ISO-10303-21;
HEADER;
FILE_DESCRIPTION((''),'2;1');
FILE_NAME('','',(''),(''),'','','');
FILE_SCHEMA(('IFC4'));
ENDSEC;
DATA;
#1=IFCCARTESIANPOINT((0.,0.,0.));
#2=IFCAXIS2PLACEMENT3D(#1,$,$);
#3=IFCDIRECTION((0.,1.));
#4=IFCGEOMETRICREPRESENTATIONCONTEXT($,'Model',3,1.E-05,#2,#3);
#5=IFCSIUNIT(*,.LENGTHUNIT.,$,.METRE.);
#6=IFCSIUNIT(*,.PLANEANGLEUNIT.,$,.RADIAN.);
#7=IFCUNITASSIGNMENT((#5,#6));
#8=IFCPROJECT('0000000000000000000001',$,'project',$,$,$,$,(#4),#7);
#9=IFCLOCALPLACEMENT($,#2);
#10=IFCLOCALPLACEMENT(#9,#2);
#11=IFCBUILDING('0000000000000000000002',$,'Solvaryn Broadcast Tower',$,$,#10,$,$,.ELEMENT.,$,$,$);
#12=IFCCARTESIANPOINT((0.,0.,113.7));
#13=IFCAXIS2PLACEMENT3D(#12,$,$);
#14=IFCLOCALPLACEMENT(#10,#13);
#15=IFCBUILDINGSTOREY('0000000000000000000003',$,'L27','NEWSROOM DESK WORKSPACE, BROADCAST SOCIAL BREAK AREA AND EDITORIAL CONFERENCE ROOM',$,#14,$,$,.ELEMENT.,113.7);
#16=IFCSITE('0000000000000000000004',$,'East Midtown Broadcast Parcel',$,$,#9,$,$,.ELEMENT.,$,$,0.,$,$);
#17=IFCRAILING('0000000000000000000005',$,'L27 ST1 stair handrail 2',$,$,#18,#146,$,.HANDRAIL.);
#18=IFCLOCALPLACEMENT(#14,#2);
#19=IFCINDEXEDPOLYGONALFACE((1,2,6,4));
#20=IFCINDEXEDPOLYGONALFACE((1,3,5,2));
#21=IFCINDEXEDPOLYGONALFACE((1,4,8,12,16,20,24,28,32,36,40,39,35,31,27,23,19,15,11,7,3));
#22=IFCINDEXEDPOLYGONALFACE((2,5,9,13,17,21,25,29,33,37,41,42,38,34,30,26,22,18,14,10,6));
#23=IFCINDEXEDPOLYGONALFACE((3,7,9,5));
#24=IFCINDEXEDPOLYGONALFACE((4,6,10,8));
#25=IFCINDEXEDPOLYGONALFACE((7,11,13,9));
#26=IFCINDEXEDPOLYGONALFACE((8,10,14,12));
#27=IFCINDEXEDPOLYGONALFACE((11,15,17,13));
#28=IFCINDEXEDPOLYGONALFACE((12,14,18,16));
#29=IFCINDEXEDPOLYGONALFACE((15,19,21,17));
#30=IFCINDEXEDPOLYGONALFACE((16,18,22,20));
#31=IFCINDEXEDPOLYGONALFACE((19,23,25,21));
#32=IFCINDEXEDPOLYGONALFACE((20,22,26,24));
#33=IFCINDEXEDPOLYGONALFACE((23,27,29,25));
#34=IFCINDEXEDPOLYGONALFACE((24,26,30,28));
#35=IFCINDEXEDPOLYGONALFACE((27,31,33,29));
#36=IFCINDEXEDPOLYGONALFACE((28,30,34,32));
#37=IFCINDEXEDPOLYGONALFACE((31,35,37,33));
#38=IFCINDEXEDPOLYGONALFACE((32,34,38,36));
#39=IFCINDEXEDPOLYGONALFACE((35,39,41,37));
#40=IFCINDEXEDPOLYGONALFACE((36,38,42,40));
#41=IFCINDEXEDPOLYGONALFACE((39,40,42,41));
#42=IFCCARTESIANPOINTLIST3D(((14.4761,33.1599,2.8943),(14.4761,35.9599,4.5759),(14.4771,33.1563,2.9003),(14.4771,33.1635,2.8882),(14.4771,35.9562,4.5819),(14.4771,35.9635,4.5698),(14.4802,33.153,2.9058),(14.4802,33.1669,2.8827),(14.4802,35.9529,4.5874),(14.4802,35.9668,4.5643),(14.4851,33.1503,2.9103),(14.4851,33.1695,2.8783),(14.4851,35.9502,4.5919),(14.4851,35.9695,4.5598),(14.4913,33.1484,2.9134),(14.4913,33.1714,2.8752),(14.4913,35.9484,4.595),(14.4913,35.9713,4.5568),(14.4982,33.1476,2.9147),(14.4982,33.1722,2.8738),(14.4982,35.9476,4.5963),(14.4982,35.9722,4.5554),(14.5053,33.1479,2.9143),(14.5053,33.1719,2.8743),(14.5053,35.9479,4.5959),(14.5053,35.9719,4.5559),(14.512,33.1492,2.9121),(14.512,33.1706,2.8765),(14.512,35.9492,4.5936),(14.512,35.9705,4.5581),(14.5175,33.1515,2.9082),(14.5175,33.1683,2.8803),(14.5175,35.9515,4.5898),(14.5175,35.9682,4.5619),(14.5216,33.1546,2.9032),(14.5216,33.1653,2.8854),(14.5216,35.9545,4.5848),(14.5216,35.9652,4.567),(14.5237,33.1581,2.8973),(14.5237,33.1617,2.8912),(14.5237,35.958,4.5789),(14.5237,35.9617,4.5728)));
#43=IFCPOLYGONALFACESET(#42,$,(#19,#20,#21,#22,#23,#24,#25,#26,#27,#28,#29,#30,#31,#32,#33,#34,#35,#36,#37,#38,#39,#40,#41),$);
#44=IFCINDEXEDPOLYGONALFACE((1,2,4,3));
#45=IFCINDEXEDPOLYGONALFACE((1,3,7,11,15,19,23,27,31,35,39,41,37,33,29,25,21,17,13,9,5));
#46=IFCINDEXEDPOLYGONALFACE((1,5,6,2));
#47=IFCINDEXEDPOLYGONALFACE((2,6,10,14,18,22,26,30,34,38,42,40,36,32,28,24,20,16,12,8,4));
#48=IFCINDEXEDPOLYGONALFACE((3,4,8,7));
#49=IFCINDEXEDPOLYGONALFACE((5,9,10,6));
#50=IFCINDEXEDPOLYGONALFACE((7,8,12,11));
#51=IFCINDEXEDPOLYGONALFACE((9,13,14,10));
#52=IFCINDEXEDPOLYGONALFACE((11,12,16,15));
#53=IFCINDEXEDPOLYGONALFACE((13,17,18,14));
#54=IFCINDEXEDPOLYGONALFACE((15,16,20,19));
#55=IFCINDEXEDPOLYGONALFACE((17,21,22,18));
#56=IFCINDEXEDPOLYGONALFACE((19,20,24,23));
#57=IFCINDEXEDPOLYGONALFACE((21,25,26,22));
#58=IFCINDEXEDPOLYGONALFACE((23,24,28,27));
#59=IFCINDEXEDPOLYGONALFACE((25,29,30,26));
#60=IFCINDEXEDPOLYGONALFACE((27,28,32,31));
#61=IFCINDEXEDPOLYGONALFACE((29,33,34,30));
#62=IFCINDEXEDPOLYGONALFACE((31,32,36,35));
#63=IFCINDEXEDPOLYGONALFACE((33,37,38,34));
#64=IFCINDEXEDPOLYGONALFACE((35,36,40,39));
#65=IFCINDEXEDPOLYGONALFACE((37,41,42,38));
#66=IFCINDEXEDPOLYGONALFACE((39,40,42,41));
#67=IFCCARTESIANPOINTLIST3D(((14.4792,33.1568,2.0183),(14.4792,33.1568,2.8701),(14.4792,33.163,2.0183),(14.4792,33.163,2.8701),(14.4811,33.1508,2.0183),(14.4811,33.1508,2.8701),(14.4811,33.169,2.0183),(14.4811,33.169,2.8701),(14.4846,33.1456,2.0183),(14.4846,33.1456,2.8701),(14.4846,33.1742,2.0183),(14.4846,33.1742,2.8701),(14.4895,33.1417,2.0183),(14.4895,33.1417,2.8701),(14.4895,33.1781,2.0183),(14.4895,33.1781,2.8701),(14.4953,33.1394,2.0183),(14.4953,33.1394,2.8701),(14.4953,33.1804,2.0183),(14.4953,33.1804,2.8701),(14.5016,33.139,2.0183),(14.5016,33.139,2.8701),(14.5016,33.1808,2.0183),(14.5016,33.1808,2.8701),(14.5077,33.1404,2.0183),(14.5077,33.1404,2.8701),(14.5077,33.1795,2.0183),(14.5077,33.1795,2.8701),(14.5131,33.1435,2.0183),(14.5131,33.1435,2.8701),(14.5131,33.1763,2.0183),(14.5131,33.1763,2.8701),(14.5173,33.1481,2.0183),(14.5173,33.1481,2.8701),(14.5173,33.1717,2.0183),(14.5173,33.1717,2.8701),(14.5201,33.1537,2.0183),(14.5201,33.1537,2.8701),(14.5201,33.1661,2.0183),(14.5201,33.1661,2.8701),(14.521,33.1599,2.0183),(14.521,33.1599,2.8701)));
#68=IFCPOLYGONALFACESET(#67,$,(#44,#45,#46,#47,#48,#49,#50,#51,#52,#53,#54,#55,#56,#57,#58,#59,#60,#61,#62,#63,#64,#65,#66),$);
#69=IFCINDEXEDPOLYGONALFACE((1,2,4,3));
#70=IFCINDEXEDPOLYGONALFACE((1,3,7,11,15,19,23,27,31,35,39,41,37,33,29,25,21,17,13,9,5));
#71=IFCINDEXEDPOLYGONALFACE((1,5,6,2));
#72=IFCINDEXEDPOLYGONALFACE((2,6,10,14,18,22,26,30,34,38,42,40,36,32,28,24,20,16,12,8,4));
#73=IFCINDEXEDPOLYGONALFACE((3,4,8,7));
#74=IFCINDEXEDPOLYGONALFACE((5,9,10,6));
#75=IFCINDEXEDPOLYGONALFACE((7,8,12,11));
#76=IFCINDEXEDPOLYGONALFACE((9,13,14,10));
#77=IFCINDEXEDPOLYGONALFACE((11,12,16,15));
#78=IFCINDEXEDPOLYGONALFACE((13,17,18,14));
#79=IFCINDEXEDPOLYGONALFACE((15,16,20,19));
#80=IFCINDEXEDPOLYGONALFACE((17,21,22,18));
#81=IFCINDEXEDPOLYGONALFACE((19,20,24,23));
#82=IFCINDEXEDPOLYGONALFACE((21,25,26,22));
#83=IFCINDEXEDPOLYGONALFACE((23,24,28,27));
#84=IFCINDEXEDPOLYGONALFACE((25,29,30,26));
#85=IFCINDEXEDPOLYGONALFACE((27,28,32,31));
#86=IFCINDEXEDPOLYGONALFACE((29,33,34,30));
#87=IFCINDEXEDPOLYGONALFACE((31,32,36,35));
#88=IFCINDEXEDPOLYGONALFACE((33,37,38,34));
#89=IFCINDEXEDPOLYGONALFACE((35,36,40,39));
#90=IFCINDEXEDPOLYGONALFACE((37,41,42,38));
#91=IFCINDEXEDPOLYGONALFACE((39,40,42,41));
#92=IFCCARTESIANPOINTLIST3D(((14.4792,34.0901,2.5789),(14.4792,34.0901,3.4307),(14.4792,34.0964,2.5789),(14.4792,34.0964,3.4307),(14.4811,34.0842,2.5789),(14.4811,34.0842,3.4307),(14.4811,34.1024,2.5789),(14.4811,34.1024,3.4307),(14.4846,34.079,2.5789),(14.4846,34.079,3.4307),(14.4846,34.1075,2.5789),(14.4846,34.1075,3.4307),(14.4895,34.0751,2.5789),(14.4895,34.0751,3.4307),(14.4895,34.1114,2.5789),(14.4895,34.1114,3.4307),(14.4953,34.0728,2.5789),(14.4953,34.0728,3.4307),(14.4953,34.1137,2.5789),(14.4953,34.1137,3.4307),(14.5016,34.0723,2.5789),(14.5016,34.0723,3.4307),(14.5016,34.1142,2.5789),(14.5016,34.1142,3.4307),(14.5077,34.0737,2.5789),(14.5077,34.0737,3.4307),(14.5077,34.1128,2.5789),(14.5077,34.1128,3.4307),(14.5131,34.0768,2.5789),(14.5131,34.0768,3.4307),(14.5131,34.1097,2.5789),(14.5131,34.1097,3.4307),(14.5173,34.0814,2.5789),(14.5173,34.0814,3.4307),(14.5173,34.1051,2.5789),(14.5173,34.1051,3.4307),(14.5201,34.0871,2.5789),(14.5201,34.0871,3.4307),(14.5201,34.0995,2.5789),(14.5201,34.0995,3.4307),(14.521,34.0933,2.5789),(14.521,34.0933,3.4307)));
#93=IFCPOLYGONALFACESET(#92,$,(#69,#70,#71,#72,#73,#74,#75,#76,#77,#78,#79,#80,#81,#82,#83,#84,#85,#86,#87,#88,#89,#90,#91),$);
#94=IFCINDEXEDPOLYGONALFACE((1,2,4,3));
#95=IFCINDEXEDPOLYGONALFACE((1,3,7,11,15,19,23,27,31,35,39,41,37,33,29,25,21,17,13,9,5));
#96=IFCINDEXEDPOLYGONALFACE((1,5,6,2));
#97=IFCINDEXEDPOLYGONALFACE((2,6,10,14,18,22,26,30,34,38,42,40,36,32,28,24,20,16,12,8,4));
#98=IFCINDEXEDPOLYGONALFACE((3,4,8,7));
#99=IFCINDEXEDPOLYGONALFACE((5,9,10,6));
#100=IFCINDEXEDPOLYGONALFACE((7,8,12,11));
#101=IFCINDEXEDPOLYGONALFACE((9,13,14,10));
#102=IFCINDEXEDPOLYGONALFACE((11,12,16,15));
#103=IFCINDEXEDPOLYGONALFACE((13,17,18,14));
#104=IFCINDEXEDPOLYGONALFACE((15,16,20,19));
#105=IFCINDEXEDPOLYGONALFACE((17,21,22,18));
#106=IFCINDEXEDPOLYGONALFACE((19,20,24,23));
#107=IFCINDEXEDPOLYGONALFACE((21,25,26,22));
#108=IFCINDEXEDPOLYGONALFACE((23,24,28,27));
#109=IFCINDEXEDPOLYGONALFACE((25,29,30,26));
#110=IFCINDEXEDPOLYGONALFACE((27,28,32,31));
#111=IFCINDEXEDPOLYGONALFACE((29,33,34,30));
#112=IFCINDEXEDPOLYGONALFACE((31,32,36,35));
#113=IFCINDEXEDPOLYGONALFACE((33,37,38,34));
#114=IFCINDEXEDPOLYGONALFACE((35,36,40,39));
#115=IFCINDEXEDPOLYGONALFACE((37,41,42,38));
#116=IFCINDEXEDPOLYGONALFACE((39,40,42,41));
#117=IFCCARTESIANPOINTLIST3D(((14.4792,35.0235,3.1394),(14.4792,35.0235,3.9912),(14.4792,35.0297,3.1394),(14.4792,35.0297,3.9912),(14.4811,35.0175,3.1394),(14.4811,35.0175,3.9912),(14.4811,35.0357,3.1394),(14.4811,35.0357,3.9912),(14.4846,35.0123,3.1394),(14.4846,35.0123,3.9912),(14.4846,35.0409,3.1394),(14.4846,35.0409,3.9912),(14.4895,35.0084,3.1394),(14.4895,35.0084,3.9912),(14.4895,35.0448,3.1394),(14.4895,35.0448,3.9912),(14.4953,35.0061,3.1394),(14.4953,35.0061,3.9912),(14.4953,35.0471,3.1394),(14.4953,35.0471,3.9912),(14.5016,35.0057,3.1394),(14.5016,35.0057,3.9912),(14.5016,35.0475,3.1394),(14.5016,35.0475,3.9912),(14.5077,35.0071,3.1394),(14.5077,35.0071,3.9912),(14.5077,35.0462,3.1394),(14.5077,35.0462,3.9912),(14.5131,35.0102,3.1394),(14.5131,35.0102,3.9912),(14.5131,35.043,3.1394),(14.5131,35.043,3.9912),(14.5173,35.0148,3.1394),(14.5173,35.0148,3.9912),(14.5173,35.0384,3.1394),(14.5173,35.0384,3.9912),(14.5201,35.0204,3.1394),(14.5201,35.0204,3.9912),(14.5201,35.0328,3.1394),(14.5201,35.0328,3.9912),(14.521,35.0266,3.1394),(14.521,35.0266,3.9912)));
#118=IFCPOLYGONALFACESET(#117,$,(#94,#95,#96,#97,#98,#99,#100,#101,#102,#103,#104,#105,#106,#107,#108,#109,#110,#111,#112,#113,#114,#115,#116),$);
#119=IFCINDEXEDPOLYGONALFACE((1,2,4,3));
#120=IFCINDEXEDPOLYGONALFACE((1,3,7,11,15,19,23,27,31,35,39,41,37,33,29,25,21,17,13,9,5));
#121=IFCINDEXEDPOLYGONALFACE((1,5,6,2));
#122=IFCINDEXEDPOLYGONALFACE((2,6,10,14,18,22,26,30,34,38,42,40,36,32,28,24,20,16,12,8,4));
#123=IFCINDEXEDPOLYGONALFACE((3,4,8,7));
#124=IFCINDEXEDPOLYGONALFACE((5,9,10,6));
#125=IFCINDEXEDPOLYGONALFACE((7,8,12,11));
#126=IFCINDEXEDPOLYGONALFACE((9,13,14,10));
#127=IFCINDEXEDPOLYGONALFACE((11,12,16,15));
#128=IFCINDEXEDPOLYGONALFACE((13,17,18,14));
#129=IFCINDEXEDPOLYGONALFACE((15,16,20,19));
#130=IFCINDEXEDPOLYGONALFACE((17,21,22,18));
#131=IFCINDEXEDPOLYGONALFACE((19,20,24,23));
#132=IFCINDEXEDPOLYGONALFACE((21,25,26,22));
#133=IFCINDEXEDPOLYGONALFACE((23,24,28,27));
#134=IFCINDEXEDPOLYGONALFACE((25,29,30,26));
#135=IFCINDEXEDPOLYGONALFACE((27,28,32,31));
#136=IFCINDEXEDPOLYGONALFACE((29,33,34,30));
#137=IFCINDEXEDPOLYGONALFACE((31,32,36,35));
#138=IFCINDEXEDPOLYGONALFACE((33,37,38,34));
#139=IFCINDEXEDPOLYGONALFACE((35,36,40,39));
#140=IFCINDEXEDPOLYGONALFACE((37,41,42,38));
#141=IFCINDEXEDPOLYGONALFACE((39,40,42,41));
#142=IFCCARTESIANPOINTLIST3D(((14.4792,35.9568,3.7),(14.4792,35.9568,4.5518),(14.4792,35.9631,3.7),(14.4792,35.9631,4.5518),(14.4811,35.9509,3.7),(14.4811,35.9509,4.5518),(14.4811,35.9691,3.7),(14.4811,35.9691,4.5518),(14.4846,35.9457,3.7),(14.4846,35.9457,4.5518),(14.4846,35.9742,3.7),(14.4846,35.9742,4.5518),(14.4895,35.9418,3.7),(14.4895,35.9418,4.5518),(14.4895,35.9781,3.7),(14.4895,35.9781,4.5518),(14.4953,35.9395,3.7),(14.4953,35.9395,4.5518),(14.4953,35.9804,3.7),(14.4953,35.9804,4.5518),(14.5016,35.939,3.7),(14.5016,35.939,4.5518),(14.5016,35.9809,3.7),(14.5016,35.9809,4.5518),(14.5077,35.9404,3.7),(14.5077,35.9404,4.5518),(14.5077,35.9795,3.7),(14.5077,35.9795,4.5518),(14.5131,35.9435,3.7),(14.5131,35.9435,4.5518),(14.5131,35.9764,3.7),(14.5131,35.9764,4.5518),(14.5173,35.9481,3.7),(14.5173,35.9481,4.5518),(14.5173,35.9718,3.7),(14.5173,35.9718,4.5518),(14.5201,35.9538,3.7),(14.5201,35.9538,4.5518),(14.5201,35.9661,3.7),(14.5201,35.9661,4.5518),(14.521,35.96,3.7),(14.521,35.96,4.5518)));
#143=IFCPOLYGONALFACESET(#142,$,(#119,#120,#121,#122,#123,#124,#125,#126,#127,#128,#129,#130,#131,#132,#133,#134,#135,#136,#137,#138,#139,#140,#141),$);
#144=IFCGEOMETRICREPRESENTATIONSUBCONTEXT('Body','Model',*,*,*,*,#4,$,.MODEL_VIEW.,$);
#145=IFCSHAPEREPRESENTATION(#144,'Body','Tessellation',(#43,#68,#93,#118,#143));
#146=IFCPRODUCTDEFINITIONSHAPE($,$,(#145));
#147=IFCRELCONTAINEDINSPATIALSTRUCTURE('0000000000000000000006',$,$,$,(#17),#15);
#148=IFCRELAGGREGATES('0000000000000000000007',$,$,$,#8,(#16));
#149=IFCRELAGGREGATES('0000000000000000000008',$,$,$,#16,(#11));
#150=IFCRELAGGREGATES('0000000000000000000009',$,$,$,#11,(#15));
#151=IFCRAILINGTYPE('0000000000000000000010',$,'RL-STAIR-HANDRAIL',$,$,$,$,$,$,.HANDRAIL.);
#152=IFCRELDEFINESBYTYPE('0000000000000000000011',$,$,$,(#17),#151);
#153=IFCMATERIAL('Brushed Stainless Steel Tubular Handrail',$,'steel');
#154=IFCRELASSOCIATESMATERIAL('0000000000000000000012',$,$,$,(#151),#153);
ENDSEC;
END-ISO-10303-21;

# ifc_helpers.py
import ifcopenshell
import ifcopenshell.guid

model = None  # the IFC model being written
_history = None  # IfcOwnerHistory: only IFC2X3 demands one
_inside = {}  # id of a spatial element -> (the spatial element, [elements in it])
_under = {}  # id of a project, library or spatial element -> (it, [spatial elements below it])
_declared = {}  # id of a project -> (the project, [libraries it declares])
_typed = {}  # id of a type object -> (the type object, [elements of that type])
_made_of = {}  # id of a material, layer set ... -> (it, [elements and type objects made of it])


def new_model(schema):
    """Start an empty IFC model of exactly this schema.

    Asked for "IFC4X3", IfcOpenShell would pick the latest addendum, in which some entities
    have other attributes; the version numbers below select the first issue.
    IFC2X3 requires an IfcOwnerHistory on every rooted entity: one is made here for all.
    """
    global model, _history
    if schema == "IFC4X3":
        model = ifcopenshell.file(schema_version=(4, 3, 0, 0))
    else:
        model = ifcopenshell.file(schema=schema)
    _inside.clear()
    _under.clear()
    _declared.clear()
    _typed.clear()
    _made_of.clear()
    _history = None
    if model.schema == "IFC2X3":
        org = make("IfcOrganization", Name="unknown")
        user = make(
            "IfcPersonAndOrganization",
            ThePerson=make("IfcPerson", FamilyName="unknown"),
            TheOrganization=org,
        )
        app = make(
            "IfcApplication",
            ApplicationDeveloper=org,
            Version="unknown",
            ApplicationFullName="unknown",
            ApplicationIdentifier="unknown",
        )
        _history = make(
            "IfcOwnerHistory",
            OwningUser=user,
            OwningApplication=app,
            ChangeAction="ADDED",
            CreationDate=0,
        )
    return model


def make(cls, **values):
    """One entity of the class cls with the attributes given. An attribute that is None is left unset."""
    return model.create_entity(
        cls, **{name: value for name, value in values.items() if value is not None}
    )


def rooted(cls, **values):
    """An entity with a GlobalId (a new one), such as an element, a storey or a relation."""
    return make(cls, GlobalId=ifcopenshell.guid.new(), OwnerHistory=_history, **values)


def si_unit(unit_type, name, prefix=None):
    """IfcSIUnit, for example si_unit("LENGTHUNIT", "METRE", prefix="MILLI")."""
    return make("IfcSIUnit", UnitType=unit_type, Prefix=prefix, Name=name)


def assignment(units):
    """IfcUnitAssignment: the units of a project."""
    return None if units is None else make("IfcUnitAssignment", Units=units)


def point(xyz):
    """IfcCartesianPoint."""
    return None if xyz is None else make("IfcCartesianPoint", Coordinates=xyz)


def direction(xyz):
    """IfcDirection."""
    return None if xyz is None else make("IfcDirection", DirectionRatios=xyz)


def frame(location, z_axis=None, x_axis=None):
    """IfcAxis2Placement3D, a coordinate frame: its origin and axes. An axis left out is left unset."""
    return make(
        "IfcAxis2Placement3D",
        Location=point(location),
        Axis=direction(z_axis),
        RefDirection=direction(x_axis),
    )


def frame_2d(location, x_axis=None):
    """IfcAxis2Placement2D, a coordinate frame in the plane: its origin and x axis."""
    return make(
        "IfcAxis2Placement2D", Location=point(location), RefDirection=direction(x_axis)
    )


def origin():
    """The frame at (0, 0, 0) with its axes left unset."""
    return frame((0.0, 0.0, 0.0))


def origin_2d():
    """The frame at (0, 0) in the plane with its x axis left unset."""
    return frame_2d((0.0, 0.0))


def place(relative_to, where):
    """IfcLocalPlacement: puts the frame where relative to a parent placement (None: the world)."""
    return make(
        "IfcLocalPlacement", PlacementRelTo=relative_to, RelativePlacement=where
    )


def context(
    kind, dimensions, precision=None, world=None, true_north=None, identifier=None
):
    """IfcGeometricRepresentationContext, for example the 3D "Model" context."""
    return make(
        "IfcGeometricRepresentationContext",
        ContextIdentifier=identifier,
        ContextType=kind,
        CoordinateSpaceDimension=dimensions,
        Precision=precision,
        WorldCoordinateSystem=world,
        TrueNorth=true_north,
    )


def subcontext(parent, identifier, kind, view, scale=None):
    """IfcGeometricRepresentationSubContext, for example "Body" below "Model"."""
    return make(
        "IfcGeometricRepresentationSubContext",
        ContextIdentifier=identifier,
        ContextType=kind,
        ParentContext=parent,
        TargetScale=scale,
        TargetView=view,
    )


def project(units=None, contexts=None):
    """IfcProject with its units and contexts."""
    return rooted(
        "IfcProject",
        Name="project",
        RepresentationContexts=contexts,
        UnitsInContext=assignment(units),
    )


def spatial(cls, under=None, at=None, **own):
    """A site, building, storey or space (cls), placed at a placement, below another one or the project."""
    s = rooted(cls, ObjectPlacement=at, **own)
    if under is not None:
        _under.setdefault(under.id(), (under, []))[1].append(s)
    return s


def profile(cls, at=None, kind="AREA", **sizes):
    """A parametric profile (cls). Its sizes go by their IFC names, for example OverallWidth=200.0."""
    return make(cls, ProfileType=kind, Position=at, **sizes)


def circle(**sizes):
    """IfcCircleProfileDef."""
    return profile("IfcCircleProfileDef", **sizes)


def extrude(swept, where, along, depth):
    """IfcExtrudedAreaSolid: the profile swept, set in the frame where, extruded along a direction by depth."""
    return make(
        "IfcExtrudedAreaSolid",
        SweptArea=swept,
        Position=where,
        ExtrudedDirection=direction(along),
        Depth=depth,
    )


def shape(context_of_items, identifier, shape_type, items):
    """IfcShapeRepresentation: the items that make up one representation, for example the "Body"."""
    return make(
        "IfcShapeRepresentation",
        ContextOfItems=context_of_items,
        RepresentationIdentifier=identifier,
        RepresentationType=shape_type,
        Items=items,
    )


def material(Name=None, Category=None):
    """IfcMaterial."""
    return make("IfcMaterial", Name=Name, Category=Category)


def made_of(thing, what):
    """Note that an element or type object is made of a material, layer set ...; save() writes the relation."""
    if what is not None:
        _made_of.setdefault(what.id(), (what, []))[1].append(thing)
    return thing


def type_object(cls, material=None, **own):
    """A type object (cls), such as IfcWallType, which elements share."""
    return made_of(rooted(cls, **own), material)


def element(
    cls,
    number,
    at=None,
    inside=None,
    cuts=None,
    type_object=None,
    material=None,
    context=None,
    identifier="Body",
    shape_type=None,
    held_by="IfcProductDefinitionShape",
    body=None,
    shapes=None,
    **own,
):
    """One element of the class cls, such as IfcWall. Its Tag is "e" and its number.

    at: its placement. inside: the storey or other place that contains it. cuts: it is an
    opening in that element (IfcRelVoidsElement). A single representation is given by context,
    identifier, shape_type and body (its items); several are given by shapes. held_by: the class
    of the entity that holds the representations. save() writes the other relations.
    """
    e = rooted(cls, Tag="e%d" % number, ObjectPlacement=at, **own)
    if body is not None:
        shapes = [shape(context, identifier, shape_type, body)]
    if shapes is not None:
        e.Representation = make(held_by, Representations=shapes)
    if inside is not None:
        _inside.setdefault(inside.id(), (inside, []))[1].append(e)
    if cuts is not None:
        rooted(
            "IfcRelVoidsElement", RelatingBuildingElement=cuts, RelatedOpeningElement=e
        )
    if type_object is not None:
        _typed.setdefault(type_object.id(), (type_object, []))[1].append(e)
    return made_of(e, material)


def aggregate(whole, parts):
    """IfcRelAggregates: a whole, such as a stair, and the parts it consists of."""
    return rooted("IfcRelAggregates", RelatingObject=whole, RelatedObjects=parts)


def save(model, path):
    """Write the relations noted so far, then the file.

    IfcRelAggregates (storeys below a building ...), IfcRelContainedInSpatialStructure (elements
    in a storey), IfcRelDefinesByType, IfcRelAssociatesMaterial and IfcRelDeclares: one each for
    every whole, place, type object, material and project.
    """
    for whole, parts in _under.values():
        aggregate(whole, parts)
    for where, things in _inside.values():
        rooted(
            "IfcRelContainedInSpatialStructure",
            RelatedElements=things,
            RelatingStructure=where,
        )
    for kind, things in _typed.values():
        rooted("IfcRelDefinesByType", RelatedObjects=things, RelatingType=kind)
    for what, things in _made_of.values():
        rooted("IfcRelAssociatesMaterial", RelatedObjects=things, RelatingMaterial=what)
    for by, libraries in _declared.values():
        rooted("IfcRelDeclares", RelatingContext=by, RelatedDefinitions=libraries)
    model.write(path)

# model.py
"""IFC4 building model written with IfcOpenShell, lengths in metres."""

from ifc_helpers import new_model, si_unit, direction, frame, origin, origin_2d, place, context, subcontext, project, spatial, circle, extrude, material, type_object, element, save


model = new_model("IFC4")

# Units and contexts
model_context = context("Model", 3, precision=1e-05, world=origin(), true_north=direction((0.0, 1.0)))
body_context = subcontext(model_context, "Body", "Model", "MODEL_VIEW")
ifc_project = project(units=[si_unit("LENGTHUNIT", "METRE"), si_unit("PLANEANGLEUNIT", "RADIAN")], contexts=[model_context])

# Site, building, storey
site_placement = place(None, origin())
site = spatial("IfcSite", under=ifc_project, at=site_placement, Name="East Midtown Broadcast Parcel", CompositionType="ELEMENT", RefElevation=0.0)
building_placement = place(site_placement, origin())
building = spatial("IfcBuilding", under=site, at=building_placement, Name="Solvaryn Broadcast Tower", CompositionType="ELEMENT")
storey_placement = place(building_placement, frame((0.0, 0.0, 113.7)))
storey = spatial("IfcBuildingStorey", under=building, at=storey_placement, Name="L27", Description="NEWSROOM DESK WORKSPACE, BROADCAST SOCIAL BREAK AREA AND EDITORIAL CONFERENCE ROOM", CompositionType="ELEMENT", Elevation=113.7)

# Railing
ifc_material_1 = material(Name="Brushed Stainless Steel Tubular Handrail", Category="steel")
railing_type_1 = type_object("IfcRailingType", Name="RL-STAIR-HANDRAIL", PredefinedType="HANDRAIL", material=ifc_material_1)
railing_1_placement = place(storey_placement, frame((14.5, 33.1599, 2.0183)))
element("IfcRailing", 1, at=railing_1_placement, inside=storey, type_object=railing_type_1, Name="L27 ST1 stair handrail 2", PredefinedType="HANDRAIL", context=body_context, shape_type="SweptSolid", body=[
    extrude(circle(Radius=0.0239, at=origin_2d()), frame((0.0, 0.0, 0.876), z_axis=(0.0, 0.857275, 0.514858), x_axis=(-1.0, 0.0, 0.0)), (0.0, 0.0, 1.0), 3.2661),
    extrude(circle(Radius=0.021, at=origin_2d()), origin(), (0.0, 0.0, 1.0), 0.8518),
    extrude(circle(Radius=0.021, at=origin_2d()), frame((0.0, 0.9333, 0.5605)), (0.0, 0.0, 1.0), 0.8518),
    extrude(circle(Radius=0.021, at=origin_2d()), frame((0.0, 1.8667, 1.1211)), (0.0, 0.0, 1.0), 0.8518),
    extrude(circle(Radius=0.021, at=origin_2d()), frame((0.0, 2.8, 1.6816)), (0.0, 0.0, 1.0), 0.8518),
])

save(model, "model.ifc")
